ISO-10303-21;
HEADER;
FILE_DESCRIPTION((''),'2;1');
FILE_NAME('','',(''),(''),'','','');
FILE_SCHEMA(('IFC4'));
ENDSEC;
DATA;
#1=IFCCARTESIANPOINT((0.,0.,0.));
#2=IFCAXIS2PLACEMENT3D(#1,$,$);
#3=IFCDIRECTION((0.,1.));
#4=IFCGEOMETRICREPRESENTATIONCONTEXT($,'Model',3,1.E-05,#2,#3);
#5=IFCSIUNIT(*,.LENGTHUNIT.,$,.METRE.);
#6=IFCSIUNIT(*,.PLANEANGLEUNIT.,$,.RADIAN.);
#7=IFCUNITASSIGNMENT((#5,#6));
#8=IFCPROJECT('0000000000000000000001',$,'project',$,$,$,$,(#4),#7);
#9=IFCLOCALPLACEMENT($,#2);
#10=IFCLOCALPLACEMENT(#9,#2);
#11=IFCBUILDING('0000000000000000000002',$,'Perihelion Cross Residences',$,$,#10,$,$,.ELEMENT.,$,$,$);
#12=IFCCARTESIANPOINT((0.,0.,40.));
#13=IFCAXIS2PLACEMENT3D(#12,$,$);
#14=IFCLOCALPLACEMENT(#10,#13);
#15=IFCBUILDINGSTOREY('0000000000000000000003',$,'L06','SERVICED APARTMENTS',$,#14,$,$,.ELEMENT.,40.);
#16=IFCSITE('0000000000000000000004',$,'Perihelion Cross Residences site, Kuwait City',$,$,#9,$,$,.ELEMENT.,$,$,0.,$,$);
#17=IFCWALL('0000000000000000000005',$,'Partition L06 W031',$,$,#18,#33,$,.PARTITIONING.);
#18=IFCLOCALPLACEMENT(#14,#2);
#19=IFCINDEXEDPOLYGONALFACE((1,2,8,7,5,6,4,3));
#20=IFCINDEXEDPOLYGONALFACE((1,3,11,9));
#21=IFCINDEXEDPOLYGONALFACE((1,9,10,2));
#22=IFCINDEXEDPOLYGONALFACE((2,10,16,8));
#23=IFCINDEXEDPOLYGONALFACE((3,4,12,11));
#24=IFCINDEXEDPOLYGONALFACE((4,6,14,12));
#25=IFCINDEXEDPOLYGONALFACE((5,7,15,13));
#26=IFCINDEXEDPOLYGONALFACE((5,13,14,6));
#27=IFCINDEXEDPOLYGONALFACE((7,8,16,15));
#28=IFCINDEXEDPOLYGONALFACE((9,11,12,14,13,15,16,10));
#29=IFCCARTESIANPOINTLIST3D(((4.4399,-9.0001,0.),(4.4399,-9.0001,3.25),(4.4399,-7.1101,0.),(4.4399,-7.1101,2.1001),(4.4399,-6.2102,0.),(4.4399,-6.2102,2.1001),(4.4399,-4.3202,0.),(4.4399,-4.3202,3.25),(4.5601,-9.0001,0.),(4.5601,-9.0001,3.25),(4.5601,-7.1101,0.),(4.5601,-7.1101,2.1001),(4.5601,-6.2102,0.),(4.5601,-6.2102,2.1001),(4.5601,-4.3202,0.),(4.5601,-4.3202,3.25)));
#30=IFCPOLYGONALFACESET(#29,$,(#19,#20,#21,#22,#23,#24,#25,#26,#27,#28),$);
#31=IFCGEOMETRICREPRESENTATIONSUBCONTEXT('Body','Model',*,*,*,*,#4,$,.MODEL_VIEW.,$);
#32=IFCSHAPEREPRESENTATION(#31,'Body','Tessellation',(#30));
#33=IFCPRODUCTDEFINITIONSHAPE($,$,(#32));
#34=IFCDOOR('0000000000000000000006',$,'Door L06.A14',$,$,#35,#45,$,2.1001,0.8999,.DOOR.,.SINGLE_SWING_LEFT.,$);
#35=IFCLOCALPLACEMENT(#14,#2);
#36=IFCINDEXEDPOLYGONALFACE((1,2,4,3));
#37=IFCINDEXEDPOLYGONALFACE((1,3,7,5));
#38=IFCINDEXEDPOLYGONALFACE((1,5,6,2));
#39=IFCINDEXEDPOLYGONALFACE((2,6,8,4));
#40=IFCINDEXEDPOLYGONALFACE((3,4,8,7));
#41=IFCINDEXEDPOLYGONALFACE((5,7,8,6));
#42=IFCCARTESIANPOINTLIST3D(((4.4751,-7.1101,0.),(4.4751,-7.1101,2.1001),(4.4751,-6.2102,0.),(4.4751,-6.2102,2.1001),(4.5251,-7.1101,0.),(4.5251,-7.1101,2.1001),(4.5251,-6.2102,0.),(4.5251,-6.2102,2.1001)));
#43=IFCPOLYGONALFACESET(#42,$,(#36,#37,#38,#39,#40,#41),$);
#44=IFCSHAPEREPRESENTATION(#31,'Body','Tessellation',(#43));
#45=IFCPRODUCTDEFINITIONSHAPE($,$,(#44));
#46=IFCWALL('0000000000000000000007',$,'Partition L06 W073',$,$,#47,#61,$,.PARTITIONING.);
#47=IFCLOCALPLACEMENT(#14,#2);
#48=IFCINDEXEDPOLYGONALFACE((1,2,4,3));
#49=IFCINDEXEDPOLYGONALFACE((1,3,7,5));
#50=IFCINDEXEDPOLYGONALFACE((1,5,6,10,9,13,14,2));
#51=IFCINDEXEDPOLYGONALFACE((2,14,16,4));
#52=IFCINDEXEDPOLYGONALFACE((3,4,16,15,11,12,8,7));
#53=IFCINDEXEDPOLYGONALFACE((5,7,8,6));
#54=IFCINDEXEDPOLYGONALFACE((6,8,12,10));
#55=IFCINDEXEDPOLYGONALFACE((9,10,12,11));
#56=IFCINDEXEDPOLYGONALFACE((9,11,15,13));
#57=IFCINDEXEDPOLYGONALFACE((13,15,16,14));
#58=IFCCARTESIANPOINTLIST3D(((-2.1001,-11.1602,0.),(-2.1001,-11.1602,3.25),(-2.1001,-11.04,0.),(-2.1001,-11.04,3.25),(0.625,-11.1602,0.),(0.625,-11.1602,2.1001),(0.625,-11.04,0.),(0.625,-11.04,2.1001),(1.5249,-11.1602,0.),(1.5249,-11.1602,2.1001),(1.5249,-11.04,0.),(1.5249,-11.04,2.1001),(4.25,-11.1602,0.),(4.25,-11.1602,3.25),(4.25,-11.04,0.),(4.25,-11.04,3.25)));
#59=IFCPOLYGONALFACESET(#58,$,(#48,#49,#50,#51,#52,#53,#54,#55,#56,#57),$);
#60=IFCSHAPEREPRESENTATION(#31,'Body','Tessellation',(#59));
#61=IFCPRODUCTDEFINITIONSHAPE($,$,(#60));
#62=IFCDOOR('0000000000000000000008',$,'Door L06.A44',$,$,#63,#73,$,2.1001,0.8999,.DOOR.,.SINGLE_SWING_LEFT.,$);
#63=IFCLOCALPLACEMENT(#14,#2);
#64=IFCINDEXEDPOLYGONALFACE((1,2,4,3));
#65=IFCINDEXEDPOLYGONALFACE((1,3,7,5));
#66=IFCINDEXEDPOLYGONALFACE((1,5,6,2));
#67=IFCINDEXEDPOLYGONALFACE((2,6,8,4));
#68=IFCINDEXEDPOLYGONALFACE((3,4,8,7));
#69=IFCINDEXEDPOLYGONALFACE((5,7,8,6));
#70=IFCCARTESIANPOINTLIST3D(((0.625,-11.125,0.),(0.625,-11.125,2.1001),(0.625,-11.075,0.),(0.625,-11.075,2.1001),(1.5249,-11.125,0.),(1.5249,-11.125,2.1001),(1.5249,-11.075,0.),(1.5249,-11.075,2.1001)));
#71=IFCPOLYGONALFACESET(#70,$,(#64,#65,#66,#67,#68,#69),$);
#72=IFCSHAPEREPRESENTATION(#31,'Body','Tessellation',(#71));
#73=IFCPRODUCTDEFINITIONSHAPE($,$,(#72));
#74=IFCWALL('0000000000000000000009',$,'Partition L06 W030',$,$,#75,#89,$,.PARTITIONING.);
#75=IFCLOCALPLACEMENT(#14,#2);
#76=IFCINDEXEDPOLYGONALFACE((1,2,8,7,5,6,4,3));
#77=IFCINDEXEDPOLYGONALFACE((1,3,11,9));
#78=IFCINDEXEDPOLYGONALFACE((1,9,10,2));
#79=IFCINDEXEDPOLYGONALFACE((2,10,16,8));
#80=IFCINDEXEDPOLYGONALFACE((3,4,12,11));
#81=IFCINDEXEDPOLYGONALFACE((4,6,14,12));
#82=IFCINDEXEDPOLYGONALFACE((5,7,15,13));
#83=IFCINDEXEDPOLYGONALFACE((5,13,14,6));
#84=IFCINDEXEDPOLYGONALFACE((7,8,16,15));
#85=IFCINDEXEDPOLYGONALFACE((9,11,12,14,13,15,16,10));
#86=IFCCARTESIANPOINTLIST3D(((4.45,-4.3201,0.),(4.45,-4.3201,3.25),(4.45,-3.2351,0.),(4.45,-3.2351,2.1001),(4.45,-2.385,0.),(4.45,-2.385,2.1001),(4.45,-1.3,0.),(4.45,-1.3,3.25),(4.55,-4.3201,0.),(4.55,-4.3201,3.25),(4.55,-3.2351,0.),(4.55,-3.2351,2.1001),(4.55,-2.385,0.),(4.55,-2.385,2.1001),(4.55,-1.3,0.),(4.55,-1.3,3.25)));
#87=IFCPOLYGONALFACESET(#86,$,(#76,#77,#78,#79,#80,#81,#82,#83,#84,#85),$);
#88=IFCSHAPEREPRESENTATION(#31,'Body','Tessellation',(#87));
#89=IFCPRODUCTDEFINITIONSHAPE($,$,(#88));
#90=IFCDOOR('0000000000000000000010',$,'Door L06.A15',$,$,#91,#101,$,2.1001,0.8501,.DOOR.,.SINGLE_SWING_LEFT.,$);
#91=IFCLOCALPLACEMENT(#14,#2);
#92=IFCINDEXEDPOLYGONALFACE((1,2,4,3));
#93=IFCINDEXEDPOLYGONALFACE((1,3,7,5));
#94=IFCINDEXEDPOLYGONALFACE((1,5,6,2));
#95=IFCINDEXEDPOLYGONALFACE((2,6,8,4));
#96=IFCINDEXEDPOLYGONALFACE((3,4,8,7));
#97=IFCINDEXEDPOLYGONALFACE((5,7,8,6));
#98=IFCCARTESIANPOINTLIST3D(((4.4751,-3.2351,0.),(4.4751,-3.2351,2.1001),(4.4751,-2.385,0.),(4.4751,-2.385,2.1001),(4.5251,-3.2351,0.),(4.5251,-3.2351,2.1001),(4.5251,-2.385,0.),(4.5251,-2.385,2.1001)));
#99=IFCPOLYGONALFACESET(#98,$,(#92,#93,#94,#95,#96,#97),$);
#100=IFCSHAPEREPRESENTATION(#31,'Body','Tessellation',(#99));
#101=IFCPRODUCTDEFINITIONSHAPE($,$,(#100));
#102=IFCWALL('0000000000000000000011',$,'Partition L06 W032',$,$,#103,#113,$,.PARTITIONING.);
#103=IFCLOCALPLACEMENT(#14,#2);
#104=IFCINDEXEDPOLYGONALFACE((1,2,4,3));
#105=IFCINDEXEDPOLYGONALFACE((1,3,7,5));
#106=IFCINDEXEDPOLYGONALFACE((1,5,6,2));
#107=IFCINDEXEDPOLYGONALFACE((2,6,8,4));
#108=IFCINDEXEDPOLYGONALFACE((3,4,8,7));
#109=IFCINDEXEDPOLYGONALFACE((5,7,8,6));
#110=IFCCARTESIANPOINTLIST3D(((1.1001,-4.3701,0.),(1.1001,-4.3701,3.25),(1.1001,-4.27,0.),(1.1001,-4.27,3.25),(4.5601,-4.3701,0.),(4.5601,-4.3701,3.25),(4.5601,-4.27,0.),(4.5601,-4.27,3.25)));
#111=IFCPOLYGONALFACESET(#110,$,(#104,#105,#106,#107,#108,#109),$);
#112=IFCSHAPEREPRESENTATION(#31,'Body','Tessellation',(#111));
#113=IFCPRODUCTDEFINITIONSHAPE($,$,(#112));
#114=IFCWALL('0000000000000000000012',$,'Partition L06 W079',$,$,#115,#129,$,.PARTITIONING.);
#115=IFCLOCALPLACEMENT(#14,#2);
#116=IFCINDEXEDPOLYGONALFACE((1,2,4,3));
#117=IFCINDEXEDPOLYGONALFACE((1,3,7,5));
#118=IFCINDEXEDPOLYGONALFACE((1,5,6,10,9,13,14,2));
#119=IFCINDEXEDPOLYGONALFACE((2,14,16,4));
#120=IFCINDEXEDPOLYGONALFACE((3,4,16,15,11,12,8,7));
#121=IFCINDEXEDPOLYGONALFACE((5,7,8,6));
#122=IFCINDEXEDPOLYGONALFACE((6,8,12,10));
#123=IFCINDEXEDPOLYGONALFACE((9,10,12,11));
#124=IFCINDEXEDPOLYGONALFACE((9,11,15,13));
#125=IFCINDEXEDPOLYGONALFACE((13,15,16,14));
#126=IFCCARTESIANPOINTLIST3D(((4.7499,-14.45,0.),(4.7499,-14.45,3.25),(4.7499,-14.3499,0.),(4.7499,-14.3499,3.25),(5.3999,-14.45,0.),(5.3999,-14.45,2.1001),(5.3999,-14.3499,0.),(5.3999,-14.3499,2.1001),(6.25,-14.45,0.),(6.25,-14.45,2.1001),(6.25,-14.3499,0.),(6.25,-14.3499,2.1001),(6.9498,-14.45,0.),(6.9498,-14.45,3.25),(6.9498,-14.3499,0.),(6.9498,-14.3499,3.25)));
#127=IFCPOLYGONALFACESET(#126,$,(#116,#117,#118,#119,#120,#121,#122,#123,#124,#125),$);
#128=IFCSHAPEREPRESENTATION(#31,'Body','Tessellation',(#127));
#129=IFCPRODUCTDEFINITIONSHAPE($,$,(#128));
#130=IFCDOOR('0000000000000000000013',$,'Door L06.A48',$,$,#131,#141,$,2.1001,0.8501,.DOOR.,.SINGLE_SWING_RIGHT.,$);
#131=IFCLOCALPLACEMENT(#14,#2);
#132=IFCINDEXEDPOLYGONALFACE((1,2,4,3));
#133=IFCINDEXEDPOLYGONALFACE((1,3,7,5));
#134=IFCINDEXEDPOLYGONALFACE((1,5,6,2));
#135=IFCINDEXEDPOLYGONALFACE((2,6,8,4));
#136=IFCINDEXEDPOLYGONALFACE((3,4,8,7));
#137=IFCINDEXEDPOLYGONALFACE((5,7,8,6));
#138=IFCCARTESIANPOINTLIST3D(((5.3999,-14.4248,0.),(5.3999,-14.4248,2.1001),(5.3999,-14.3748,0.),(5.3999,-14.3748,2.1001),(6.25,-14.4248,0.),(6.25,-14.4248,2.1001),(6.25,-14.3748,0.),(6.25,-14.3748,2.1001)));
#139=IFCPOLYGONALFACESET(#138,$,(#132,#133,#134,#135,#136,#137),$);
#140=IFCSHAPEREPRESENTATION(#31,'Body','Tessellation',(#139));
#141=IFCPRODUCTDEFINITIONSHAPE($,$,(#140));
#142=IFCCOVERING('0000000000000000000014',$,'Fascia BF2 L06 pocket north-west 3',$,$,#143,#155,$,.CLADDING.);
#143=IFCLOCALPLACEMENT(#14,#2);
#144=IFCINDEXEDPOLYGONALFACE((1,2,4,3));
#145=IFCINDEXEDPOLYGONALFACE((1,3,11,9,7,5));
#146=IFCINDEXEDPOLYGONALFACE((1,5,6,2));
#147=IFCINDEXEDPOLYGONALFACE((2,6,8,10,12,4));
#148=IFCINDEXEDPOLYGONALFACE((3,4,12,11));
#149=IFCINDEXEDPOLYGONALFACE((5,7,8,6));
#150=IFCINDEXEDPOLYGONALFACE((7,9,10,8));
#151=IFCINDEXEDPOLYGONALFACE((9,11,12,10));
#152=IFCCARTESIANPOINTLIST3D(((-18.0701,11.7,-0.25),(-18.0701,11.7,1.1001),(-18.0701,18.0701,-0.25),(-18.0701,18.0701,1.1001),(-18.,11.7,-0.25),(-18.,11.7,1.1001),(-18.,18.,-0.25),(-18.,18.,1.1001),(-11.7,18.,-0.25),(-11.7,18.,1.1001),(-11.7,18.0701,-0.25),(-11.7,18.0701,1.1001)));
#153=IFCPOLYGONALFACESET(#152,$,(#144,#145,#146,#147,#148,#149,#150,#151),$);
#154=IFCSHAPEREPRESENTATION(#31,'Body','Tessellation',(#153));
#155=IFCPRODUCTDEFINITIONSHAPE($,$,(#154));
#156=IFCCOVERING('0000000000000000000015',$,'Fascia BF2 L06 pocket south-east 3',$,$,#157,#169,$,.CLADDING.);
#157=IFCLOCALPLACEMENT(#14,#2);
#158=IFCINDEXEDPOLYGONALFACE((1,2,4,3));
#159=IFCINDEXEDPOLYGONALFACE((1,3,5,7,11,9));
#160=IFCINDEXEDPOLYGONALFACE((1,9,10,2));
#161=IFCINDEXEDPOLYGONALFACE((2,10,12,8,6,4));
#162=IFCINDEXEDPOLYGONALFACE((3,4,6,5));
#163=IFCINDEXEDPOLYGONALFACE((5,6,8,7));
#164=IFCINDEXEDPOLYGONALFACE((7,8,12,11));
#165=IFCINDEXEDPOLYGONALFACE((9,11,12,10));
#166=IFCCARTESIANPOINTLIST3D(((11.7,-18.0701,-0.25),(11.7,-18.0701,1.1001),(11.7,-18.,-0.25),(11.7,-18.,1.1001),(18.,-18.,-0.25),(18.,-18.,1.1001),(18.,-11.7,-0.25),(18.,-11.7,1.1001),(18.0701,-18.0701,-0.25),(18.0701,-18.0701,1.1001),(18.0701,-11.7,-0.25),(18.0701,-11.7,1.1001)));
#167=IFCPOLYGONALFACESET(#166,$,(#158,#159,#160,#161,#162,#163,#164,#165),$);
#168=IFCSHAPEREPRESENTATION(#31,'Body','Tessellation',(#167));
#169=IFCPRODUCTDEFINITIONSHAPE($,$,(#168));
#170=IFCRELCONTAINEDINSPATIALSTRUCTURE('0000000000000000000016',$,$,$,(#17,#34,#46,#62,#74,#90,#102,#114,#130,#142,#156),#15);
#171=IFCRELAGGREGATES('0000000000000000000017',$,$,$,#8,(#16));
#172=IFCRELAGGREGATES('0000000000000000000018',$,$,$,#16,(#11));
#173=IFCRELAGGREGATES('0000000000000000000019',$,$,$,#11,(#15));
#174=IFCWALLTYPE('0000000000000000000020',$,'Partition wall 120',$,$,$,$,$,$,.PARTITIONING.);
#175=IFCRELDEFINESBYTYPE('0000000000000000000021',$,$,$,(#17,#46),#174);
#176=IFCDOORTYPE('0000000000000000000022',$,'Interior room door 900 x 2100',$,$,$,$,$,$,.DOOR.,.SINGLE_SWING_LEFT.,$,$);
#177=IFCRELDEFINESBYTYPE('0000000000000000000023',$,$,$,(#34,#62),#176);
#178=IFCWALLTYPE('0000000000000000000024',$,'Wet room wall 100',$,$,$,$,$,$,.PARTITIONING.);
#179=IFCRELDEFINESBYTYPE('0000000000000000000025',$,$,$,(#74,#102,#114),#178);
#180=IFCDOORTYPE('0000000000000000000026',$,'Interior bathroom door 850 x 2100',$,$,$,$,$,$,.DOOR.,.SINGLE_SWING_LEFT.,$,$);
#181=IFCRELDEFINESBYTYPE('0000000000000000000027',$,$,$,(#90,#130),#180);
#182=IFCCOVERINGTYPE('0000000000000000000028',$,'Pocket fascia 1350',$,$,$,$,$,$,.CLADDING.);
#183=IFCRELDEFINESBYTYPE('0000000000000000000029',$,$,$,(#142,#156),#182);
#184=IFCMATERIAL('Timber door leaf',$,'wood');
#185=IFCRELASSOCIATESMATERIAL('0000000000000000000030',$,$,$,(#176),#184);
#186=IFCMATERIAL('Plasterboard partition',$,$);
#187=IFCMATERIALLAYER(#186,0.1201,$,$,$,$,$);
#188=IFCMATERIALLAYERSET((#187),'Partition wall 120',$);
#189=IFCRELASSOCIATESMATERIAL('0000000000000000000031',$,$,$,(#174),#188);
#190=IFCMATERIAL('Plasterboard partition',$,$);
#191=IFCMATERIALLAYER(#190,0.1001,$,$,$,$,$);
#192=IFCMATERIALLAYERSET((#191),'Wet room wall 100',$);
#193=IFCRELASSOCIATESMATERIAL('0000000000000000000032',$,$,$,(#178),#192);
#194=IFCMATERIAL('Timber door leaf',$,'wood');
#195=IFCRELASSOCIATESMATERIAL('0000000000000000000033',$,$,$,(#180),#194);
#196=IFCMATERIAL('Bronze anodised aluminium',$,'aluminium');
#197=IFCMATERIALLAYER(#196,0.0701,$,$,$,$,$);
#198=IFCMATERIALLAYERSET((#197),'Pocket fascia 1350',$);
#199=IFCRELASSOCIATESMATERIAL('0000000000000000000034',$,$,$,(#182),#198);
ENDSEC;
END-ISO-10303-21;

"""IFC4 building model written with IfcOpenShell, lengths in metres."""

from ifc_helpers import new_model, si_unit, direction, frame, frame_2d, origin, place, context, subcontext, project, spatial, polyline, rectangle, outline, extrude, material, layer, layer_set, type_object, element, fill, save


model = new_model("IFC4")

# Units and contexts
model_context = context("Model", 3, precision=1e-05, world=origin(), true_north=direction((0.0, 1.0)))
body_context = subcontext(model_context, "Body", "Model", "MODEL_VIEW")
ifc_project = project(units=[si_unit("LENGTHUNIT", "METRE"), si_unit("PLANEANGLEUNIT", "RADIAN")], contexts=[model_context])

# Site, building, storey
site_placement = place(None, origin())
site = spatial("IfcSite", under=ifc_project, at=site_placement, Name="Perihelion Cross Residences site, Kuwait City", CompositionType="ELEMENT", RefElevation=0.0)
building_placement = place(site_placement, origin())
building = spatial("IfcBuilding", under=site, at=building_placement, Name="Perihelion Cross Residences", CompositionType="ELEMENT")
storey_placement = place(building_placement, frame((0.0, 0.0, 40.0)))
storey = spatial("IfcBuildingStorey", under=building, at=storey_placement, Name="L06", Description="SERVICED APARTMENTS", CompositionType="ELEMENT", Elevation=40.0)

# Walls, openings, doors
ifc_material_1 = material(Name="Timber door leaf", Category="wood")
door_type_1 = type_object("IfcDoorType", Name="Interior room door 900 x 2100", OperationType="SINGLE_SWING_LEFT", PredefinedType="DOOR", material=ifc_material_1)
ifc_material_2 = material(Name="Plasterboard partition")
ifc_layer_1 = layer(ifc_material_2, 0.1201)
ifc_layer_set_1 = layer_set([ifc_layer_1], Name="Partition wall 120")
wall_type_1 = type_object("IfcWallType", Name="Partition wall 120", PredefinedType="PARTITIONING", material=ifc_layer_set_1)
wall_1_placement = place(storey_placement, frame((4.5, -9.0, 0.0), z_axis=(0.0, 0.0, 1.0), x_axis=(0.0, 1.0, 0.0)))
wall_1 = element("IfcWall", 1, at=wall_1_placement, inside=storey, type_object=wall_type_1, Name="Partition L06 W031", PredefinedType="PARTITIONING", context=body_context, shape_type="SweptSolid", body=[
    extrude(rectangle(XDim=4.6799, YDim=0.1201, at=frame_2d((2.3398, 0.0))), origin(), (0.0, 0.0, 1.0), 3.25),
])
opening_1_placement = place(wall_1_placement, frame((1.8899, 0.0, 0.0)))
opening_1 = element("IfcOpeningElement", 2, at=opening_1_placement, cuts=wall_1, PredefinedType="OPENING", context=body_context, shape_type="SweptSolid", body=[
    extrude(rectangle(XDim=0.8999, YDim=2.1001, at=frame_2d((0.45, 1.05))), frame((0.0, 0.0701, 0.0), z_axis=(0.0, -1.0, 0.0), x_axis=(1.0, 0.0, 0.0)), (0.0, 0.0, 1.0), 0.1401),
])
door_1_placement = place(opening_1_placement, origin())
door_1 = element("IfcDoor", 3, at=door_1_placement, inside=storey, type_object=door_type_1, Name="Door L06.A14", OperationType="SINGLE_SWING_LEFT", OverallHeight=2.1001, OverallWidth=0.8999, PredefinedType="DOOR", context=body_context, shape_type="SweptSolid", body=[
    extrude(rectangle(XDim=0.8999, YDim=2.1001, at=frame_2d((0.45, 1.05))), frame((0.0, 0.0249, 0.0), z_axis=(0.0, -1.0, 0.0), x_axis=(1.0, 0.0, 0.0)), (0.0, 0.0, 1.0), 0.05),
])
fill(opening_1, door_1)
wall_2_placement = place(storey_placement, frame((4.25, -11.1001, 0.0), z_axis=(0.0, 0.0, 1.0), x_axis=(-1.0, 0.0, 0.0)))
wall_2 = element("IfcWall", 4, at=wall_2_placement, inside=storey, type_object=wall_type_1, Name="Partition L06 W073", PredefinedType="PARTITIONING", context=body_context, shape_type="SweptSolid", body=[
    extrude(rectangle(XDim=6.3501, YDim=0.1201, at=frame_2d((3.175, 0.0))), origin(), (0.0, 0.0, 1.0), 3.25),
])
opening_2_placement = place(wall_2_placement, frame((2.7251, 0.0, 0.0)))
opening_2 = element("IfcOpeningElement", 5, at=opening_2_placement, cuts=wall_2, PredefinedType="OPENING", context=body_context, shape_type="SweptSolid", body=[
    extrude(rectangle(XDim=0.8999, YDim=2.1001, at=frame_2d((0.45, 1.05))), frame((0.0, 0.0701, 0.0), z_axis=(0.0, -1.0, 0.0), x_axis=(1.0, 0.0, 0.0)), (0.0, 0.0, 1.0), 0.1401),
])
door_2_placement = place(opening_2_placement, origin())
door_2 = element("IfcDoor", 6, at=door_2_placement, inside=storey, type_object=door_type_1, Name="Door L06.A44", OperationType="SINGLE_SWING_LEFT", OverallHeight=2.1001, OverallWidth=0.8999, PredefinedType="DOOR", context=body_context, shape_type="SweptSolid", body=[
    extrude(rectangle(XDim=0.8999, YDim=2.1001, at=frame_2d((0.45, 1.05))), frame((0.0, 0.0249, 0.0), z_axis=(0.0, -1.0, 0.0), x_axis=(1.0, 0.0, 0.0)), (0.0, 0.0, 1.0), 0.05),
])
fill(opening_2, door_2)
ifc_material_3 = material(Name="Plasterboard partition")
ifc_layer_2 = layer(ifc_material_3, 0.1001)
ifc_layer_set_2 = layer_set([ifc_layer_2], Name="Wet room wall 100")
wall_type_2 = type_object("IfcWallType", Name="Wet room wall 100", PredefinedType="PARTITIONING", material=ifc_layer_set_2)
wall_3_placement = place(storey_placement, frame((4.5, -4.3201, 0.0), z_axis=(0.0, 0.0, 1.0), x_axis=(0.0, 1.0, 0.0)))
wall_3 = element("IfcWall", 7, at=wall_3_placement, inside=storey, type_object=wall_type_2, Name="Partition L06 W030", PredefinedType="PARTITIONING", context=body_context, shape_type="SweptSolid", body=[
    extrude(rectangle(XDim=3.02, YDim=0.1001, at=frame_2d((1.51, 0.0))), origin(), (0.0, 0.0, 1.0), 3.25),
])
opening_3_placement = place(wall_3_placement, frame((1.085, 0.0, 0.0)))
opening_3 = element("IfcOpeningElement", 8, at=opening_3_placement, cuts=wall_3, PredefinedType="OPENING", context=body_context, shape_type="SweptSolid", body=[
    extrude(rectangle(XDim=0.8501, YDim=2.1001, at=frame_2d((0.425, 1.05))), frame((0.0, 0.0601, 0.0), z_axis=(0.0, -1.0, 0.0), x_axis=(1.0, 0.0, 0.0)), (0.0, 0.0, 1.0), 0.1201),
])
ifc_material_4 = material(Name="Timber door leaf", Category="wood")
door_type_2 = type_object("IfcDoorType", Name="Interior bathroom door 850 x 2100", OperationType="SINGLE_SWING_LEFT", PredefinedType="DOOR", material=ifc_material_4)
door_3_placement = place(opening_3_placement, origin())
door_3 = element("IfcDoor", 9, at=door_3_placement, inside=storey, type_object=door_type_2, Name="Door L06.A15", OperationType="SINGLE_SWING_LEFT", OverallHeight=2.1001, OverallWidth=0.8501, PredefinedType="DOOR", context=body_context, shape_type="SweptSolid", body=[
    extrude(rectangle(XDim=0.8501, YDim=2.1001, at=frame_2d((0.425, 1.05))), frame((0.0, 0.0249, 0.0), z_axis=(0.0, -1.0, 0.0), x_axis=(1.0, 0.0, 0.0)), (0.0, 0.0, 1.0), 0.05),
])
fill(opening_3, door_3)

# Wall
wall_4_placement = place(storey_placement, frame((4.5601, -4.3201, 0.0), z_axis=(0.0, 0.0, 1.0), x_axis=(-1.0, 0.0, 0.0)))
element("IfcWall", 10, at=wall_4_placement, inside=storey, type_object=wall_type_2, Name="Partition L06 W032", PredefinedType="PARTITIONING", context=body_context, shape_type="SweptSolid", body=[
    extrude(rectangle(XDim=3.46, YDim=0.1001, at=frame_2d((1.73, 0.0))), origin(), (0.0, 0.0, 1.0), 3.25),
])

# Wall, opening, door
wall_5_placement = place(storey_placement, frame((6.95, -14.3999, 0.0), z_axis=(0.0, 0.0, 1.0), x_axis=(-1.0, 0.0, 0.0)))
wall_5 = element("IfcWall", 11, at=wall_5_placement, inside=storey, type_object=wall_type_2, Name="Partition L06 W079", PredefinedType="PARTITIONING", context=body_context, shape_type="SweptSolid", body=[
    extrude(rectangle(XDim=2.2, YDim=0.1001, at=frame_2d((1.1001, 0.0))), origin(), (0.0, 0.0, 1.0), 3.25),
])
opening_4_placement = place(wall_5_placement, frame((0.7, 0.0, 0.0)))
opening_4 = element("IfcOpeningElement", 12, at=opening_4_placement, cuts=wall_5, PredefinedType="OPENING", context=body_context, shape_type="SweptSolid", body=[
    extrude(rectangle(XDim=0.8501, YDim=2.1001, at=frame_2d((0.425, 1.05))), frame((0.0, 0.0601, 0.0), z_axis=(0.0, -1.0, 0.0), x_axis=(1.0, 0.0, 0.0)), (0.0, 0.0, 1.0), 0.1201),
])
door_4_placement = place(opening_4_placement, origin())
door_4 = element("IfcDoor", 13, at=door_4_placement, inside=storey, type_object=door_type_2, Name="Door L06.A48", OperationType="SINGLE_SWING_RIGHT", OverallHeight=2.1001, OverallWidth=0.8501, PredefinedType="DOOR", context=body_context, shape_type="SweptSolid", body=[
    extrude(rectangle(XDim=0.8501, YDim=2.1001, at=frame_2d((0.425, 1.05))), frame((0.0, 0.0249, 0.0), z_axis=(0.0, -1.0, 0.0), x_axis=(1.0, 0.0, 0.0)), (0.0, 0.0, 1.0), 0.05),
])
fill(opening_4, door_4)

# Coverings
ifc_material_5 = material(Name="Bronze anodised aluminium", Category="aluminium")
ifc_layer_3 = layer(ifc_material_5, 0.0701)
ifc_layer_set_3 = layer_set([ifc_layer_3], Name="Pocket fascia 1350")
covering_type_1 = type_object("IfcCoveringType", Name="Pocket fascia 1350", PredefinedType="CLADDING", material=ifc_layer_set_3)
covering_1_placement = place(storey_placement, frame((0.0, 0.0, -0.25)))
element("IfcCovering", 14, at=covering_1_placement, inside=storey, type_object=covering_type_1, Name="Fascia BF2 L06 pocket north-west 3", PredefinedType="CLADDING", context=body_context, shape_type="SweptSolid", body=[
    extrude(outline(polyline([(-18.0701, 18.0701), (-18.0701, 11.7), (-18.0, 11.7), (-18.0, 18.0), (-11.7, 18.0), (-11.7, 18.0701), (-18.0701, 18.0701)])), origin(), (0.0, 0.0, 1.0), 1.3501),
])
covering_2_placement = place(storey_placement, frame((0.0, 0.0, -0.25)))
element("IfcCovering", 15, at=covering_2_placement, inside=storey, type_object=covering_type_1, Name="Fascia BF2 L06 pocket south-east 3", PredefinedType="CLADDING", context=body_context, shape_type="SweptSolid", body=[
    extrude(outline(polyline([(18.0701, -18.0701), (18.0701, -11.7), (18.0, -11.7), (18.0, -18.0), (11.7, -18.0), (11.7, -18.0701), (18.0701, -18.0701)])), origin(), (0.0, 0.0, 1.0), 1.3501),
])

save(model, "model.ifc")
